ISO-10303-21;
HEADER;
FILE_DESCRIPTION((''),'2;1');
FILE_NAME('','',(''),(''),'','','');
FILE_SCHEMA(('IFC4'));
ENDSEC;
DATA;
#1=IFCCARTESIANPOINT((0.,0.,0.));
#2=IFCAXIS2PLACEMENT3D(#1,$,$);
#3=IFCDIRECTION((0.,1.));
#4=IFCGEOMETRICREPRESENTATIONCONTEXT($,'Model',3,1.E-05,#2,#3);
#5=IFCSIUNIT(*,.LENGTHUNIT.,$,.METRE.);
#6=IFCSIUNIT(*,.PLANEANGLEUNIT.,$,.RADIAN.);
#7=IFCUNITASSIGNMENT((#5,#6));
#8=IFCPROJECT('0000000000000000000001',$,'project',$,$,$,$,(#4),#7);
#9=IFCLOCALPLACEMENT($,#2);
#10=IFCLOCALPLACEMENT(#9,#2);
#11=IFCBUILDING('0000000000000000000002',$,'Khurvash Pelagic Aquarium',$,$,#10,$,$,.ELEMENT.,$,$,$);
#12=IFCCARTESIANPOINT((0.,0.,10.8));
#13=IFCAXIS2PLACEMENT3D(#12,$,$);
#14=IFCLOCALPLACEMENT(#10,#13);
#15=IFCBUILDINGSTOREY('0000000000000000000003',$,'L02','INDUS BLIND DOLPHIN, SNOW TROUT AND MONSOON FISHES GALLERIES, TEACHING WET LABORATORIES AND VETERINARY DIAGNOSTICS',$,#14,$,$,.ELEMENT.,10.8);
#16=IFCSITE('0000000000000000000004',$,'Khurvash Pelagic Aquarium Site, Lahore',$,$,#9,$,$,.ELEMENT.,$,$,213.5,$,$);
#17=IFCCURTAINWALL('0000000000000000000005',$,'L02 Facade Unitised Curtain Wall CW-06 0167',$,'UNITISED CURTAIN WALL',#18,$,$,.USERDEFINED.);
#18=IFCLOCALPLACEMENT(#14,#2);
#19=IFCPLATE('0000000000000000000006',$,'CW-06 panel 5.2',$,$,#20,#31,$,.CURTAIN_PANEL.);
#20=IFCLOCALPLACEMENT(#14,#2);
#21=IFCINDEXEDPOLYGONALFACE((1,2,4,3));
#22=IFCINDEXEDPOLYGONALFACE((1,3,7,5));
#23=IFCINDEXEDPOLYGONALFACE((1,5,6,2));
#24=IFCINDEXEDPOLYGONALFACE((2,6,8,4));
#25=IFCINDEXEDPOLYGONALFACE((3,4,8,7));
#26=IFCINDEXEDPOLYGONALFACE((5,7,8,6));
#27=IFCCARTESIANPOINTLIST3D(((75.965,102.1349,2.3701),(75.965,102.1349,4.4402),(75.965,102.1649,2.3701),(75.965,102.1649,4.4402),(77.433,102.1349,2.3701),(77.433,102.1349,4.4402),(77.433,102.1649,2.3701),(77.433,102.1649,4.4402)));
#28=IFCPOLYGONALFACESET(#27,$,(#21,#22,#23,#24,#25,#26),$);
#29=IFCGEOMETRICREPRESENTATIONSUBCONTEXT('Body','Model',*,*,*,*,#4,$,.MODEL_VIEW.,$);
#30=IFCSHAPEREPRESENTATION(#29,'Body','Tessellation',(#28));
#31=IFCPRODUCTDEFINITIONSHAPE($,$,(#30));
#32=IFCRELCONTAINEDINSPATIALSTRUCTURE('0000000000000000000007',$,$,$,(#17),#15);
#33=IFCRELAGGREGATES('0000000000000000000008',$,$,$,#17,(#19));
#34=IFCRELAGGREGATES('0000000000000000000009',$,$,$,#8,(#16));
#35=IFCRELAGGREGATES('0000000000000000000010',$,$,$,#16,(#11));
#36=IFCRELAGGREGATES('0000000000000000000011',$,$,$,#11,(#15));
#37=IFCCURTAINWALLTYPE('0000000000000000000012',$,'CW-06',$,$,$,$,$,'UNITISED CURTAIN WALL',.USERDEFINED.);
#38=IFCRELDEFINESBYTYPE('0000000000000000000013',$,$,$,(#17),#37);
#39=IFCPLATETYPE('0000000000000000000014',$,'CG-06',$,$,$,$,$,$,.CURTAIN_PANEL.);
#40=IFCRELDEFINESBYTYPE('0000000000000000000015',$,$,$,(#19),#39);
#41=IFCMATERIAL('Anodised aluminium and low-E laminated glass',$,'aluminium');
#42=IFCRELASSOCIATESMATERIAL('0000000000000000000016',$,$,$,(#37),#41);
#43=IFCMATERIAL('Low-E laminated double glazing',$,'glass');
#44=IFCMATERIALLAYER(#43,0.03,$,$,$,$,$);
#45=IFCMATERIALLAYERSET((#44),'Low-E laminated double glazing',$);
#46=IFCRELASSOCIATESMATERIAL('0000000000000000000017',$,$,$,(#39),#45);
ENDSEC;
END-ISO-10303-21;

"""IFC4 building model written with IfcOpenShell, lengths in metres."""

from ifc_helpers import new_model, si_unit, direction, frame, origin, origin_2d, place, context, subcontext, project, spatial, rectangle, extrude, material, layer, layer_set, type_object, element, aggregate, save


model = new_model("IFC4")

# Units and contexts
model_context = context("Model", 3, precision=1e-05, world=origin(), true_north=direction((0.0, 1.0)))
body_context = subcontext(model_context, "Body", "Model", "MODEL_VIEW")
ifc_project = project(units=[si_unit("LENGTHUNIT", "METRE"), si_unit("PLANEANGLEUNIT", "RADIAN")], contexts=[model_context])

# Site, building, storey
site_placement = place(None, origin())
site = spatial("IfcSite", under=ifc_project, at=site_placement, Name="Khurvash Pelagic Aquarium Site, Lahore", CompositionType="ELEMENT", RefElevation=213.5)
building_placement = place(site_placement, origin())
building = spatial("IfcBuilding", under=site, at=building_placement, Name="Khurvash Pelagic Aquarium", CompositionType="ELEMENT")
storey_placement = place(building_placement, frame((0.0, 0.0, 10.8)))
storey = spatial("IfcBuildingStorey", under=building, at=storey_placement, Name="L02", Description="INDUS BLIND DOLPHIN, SNOW TROUT AND MONSOON FISHES GALLERIES, TEACHING WET LABORATORIES AND VETERINARY DIAGNOSTICS", CompositionType="ELEMENT", Elevation=10.8)

# Curtain wall
ifc_material_1 = material(Name="Anodised aluminium and low-E laminated glass", Category="aluminium")
curtain_wall_type = type_object("IfcCurtainWallType", Name="CW-06", ElementType="UNITISED CURTAIN WALL", PredefinedType="USERDEFINED", material=ifc_material_1)
curtain_wall_placement = place(storey_placement, origin())
curtain_wall = element("IfcCurtainWall", 1, at=curtain_wall_placement, inside=storey, type_object=curtain_wall_type, Name="L02 Facade Unitised Curtain Wall CW-06 0167", ObjectType="UNITISED CURTAIN WALL", PredefinedType="USERDEFINED")

# Plate
ifc_material_2 = material(Name="Low-E laminated double glazing", Category="glass")
ifc_layer = layer(ifc_material_2, 0.03)
ifc_layer_set = layer_set([ifc_layer], Name="Low-E laminated double glazing")
plate_type = type_object("IfcPlateType", Name="CG-06", PredefinedType="CURTAIN_PANEL", material=ifc_layer_set)
plate_1_placement = place(storey_placement, frame((76.699, 102.1499, 2.3701), z_axis=(0.0, 0.0, 1.0), x_axis=(-1.0, 0.0, 0.0)))
plate_1 = element("IfcPlate", 2, at=plate_1_placement, type_object=plate_type, Name="CW-06 panel 5.2", PredefinedType="CURTAIN_PANEL", context=body_context, shape_type="SweptSolid", body=[
    extrude(rectangle(XDim=1.468, YDim=0.03, at=origin_2d()), origin(), (0.0, 0.0, 1.0), 2.0701),
])
aggregate(curtain_wall, [plate_1])

save(model, "model.ifc")
